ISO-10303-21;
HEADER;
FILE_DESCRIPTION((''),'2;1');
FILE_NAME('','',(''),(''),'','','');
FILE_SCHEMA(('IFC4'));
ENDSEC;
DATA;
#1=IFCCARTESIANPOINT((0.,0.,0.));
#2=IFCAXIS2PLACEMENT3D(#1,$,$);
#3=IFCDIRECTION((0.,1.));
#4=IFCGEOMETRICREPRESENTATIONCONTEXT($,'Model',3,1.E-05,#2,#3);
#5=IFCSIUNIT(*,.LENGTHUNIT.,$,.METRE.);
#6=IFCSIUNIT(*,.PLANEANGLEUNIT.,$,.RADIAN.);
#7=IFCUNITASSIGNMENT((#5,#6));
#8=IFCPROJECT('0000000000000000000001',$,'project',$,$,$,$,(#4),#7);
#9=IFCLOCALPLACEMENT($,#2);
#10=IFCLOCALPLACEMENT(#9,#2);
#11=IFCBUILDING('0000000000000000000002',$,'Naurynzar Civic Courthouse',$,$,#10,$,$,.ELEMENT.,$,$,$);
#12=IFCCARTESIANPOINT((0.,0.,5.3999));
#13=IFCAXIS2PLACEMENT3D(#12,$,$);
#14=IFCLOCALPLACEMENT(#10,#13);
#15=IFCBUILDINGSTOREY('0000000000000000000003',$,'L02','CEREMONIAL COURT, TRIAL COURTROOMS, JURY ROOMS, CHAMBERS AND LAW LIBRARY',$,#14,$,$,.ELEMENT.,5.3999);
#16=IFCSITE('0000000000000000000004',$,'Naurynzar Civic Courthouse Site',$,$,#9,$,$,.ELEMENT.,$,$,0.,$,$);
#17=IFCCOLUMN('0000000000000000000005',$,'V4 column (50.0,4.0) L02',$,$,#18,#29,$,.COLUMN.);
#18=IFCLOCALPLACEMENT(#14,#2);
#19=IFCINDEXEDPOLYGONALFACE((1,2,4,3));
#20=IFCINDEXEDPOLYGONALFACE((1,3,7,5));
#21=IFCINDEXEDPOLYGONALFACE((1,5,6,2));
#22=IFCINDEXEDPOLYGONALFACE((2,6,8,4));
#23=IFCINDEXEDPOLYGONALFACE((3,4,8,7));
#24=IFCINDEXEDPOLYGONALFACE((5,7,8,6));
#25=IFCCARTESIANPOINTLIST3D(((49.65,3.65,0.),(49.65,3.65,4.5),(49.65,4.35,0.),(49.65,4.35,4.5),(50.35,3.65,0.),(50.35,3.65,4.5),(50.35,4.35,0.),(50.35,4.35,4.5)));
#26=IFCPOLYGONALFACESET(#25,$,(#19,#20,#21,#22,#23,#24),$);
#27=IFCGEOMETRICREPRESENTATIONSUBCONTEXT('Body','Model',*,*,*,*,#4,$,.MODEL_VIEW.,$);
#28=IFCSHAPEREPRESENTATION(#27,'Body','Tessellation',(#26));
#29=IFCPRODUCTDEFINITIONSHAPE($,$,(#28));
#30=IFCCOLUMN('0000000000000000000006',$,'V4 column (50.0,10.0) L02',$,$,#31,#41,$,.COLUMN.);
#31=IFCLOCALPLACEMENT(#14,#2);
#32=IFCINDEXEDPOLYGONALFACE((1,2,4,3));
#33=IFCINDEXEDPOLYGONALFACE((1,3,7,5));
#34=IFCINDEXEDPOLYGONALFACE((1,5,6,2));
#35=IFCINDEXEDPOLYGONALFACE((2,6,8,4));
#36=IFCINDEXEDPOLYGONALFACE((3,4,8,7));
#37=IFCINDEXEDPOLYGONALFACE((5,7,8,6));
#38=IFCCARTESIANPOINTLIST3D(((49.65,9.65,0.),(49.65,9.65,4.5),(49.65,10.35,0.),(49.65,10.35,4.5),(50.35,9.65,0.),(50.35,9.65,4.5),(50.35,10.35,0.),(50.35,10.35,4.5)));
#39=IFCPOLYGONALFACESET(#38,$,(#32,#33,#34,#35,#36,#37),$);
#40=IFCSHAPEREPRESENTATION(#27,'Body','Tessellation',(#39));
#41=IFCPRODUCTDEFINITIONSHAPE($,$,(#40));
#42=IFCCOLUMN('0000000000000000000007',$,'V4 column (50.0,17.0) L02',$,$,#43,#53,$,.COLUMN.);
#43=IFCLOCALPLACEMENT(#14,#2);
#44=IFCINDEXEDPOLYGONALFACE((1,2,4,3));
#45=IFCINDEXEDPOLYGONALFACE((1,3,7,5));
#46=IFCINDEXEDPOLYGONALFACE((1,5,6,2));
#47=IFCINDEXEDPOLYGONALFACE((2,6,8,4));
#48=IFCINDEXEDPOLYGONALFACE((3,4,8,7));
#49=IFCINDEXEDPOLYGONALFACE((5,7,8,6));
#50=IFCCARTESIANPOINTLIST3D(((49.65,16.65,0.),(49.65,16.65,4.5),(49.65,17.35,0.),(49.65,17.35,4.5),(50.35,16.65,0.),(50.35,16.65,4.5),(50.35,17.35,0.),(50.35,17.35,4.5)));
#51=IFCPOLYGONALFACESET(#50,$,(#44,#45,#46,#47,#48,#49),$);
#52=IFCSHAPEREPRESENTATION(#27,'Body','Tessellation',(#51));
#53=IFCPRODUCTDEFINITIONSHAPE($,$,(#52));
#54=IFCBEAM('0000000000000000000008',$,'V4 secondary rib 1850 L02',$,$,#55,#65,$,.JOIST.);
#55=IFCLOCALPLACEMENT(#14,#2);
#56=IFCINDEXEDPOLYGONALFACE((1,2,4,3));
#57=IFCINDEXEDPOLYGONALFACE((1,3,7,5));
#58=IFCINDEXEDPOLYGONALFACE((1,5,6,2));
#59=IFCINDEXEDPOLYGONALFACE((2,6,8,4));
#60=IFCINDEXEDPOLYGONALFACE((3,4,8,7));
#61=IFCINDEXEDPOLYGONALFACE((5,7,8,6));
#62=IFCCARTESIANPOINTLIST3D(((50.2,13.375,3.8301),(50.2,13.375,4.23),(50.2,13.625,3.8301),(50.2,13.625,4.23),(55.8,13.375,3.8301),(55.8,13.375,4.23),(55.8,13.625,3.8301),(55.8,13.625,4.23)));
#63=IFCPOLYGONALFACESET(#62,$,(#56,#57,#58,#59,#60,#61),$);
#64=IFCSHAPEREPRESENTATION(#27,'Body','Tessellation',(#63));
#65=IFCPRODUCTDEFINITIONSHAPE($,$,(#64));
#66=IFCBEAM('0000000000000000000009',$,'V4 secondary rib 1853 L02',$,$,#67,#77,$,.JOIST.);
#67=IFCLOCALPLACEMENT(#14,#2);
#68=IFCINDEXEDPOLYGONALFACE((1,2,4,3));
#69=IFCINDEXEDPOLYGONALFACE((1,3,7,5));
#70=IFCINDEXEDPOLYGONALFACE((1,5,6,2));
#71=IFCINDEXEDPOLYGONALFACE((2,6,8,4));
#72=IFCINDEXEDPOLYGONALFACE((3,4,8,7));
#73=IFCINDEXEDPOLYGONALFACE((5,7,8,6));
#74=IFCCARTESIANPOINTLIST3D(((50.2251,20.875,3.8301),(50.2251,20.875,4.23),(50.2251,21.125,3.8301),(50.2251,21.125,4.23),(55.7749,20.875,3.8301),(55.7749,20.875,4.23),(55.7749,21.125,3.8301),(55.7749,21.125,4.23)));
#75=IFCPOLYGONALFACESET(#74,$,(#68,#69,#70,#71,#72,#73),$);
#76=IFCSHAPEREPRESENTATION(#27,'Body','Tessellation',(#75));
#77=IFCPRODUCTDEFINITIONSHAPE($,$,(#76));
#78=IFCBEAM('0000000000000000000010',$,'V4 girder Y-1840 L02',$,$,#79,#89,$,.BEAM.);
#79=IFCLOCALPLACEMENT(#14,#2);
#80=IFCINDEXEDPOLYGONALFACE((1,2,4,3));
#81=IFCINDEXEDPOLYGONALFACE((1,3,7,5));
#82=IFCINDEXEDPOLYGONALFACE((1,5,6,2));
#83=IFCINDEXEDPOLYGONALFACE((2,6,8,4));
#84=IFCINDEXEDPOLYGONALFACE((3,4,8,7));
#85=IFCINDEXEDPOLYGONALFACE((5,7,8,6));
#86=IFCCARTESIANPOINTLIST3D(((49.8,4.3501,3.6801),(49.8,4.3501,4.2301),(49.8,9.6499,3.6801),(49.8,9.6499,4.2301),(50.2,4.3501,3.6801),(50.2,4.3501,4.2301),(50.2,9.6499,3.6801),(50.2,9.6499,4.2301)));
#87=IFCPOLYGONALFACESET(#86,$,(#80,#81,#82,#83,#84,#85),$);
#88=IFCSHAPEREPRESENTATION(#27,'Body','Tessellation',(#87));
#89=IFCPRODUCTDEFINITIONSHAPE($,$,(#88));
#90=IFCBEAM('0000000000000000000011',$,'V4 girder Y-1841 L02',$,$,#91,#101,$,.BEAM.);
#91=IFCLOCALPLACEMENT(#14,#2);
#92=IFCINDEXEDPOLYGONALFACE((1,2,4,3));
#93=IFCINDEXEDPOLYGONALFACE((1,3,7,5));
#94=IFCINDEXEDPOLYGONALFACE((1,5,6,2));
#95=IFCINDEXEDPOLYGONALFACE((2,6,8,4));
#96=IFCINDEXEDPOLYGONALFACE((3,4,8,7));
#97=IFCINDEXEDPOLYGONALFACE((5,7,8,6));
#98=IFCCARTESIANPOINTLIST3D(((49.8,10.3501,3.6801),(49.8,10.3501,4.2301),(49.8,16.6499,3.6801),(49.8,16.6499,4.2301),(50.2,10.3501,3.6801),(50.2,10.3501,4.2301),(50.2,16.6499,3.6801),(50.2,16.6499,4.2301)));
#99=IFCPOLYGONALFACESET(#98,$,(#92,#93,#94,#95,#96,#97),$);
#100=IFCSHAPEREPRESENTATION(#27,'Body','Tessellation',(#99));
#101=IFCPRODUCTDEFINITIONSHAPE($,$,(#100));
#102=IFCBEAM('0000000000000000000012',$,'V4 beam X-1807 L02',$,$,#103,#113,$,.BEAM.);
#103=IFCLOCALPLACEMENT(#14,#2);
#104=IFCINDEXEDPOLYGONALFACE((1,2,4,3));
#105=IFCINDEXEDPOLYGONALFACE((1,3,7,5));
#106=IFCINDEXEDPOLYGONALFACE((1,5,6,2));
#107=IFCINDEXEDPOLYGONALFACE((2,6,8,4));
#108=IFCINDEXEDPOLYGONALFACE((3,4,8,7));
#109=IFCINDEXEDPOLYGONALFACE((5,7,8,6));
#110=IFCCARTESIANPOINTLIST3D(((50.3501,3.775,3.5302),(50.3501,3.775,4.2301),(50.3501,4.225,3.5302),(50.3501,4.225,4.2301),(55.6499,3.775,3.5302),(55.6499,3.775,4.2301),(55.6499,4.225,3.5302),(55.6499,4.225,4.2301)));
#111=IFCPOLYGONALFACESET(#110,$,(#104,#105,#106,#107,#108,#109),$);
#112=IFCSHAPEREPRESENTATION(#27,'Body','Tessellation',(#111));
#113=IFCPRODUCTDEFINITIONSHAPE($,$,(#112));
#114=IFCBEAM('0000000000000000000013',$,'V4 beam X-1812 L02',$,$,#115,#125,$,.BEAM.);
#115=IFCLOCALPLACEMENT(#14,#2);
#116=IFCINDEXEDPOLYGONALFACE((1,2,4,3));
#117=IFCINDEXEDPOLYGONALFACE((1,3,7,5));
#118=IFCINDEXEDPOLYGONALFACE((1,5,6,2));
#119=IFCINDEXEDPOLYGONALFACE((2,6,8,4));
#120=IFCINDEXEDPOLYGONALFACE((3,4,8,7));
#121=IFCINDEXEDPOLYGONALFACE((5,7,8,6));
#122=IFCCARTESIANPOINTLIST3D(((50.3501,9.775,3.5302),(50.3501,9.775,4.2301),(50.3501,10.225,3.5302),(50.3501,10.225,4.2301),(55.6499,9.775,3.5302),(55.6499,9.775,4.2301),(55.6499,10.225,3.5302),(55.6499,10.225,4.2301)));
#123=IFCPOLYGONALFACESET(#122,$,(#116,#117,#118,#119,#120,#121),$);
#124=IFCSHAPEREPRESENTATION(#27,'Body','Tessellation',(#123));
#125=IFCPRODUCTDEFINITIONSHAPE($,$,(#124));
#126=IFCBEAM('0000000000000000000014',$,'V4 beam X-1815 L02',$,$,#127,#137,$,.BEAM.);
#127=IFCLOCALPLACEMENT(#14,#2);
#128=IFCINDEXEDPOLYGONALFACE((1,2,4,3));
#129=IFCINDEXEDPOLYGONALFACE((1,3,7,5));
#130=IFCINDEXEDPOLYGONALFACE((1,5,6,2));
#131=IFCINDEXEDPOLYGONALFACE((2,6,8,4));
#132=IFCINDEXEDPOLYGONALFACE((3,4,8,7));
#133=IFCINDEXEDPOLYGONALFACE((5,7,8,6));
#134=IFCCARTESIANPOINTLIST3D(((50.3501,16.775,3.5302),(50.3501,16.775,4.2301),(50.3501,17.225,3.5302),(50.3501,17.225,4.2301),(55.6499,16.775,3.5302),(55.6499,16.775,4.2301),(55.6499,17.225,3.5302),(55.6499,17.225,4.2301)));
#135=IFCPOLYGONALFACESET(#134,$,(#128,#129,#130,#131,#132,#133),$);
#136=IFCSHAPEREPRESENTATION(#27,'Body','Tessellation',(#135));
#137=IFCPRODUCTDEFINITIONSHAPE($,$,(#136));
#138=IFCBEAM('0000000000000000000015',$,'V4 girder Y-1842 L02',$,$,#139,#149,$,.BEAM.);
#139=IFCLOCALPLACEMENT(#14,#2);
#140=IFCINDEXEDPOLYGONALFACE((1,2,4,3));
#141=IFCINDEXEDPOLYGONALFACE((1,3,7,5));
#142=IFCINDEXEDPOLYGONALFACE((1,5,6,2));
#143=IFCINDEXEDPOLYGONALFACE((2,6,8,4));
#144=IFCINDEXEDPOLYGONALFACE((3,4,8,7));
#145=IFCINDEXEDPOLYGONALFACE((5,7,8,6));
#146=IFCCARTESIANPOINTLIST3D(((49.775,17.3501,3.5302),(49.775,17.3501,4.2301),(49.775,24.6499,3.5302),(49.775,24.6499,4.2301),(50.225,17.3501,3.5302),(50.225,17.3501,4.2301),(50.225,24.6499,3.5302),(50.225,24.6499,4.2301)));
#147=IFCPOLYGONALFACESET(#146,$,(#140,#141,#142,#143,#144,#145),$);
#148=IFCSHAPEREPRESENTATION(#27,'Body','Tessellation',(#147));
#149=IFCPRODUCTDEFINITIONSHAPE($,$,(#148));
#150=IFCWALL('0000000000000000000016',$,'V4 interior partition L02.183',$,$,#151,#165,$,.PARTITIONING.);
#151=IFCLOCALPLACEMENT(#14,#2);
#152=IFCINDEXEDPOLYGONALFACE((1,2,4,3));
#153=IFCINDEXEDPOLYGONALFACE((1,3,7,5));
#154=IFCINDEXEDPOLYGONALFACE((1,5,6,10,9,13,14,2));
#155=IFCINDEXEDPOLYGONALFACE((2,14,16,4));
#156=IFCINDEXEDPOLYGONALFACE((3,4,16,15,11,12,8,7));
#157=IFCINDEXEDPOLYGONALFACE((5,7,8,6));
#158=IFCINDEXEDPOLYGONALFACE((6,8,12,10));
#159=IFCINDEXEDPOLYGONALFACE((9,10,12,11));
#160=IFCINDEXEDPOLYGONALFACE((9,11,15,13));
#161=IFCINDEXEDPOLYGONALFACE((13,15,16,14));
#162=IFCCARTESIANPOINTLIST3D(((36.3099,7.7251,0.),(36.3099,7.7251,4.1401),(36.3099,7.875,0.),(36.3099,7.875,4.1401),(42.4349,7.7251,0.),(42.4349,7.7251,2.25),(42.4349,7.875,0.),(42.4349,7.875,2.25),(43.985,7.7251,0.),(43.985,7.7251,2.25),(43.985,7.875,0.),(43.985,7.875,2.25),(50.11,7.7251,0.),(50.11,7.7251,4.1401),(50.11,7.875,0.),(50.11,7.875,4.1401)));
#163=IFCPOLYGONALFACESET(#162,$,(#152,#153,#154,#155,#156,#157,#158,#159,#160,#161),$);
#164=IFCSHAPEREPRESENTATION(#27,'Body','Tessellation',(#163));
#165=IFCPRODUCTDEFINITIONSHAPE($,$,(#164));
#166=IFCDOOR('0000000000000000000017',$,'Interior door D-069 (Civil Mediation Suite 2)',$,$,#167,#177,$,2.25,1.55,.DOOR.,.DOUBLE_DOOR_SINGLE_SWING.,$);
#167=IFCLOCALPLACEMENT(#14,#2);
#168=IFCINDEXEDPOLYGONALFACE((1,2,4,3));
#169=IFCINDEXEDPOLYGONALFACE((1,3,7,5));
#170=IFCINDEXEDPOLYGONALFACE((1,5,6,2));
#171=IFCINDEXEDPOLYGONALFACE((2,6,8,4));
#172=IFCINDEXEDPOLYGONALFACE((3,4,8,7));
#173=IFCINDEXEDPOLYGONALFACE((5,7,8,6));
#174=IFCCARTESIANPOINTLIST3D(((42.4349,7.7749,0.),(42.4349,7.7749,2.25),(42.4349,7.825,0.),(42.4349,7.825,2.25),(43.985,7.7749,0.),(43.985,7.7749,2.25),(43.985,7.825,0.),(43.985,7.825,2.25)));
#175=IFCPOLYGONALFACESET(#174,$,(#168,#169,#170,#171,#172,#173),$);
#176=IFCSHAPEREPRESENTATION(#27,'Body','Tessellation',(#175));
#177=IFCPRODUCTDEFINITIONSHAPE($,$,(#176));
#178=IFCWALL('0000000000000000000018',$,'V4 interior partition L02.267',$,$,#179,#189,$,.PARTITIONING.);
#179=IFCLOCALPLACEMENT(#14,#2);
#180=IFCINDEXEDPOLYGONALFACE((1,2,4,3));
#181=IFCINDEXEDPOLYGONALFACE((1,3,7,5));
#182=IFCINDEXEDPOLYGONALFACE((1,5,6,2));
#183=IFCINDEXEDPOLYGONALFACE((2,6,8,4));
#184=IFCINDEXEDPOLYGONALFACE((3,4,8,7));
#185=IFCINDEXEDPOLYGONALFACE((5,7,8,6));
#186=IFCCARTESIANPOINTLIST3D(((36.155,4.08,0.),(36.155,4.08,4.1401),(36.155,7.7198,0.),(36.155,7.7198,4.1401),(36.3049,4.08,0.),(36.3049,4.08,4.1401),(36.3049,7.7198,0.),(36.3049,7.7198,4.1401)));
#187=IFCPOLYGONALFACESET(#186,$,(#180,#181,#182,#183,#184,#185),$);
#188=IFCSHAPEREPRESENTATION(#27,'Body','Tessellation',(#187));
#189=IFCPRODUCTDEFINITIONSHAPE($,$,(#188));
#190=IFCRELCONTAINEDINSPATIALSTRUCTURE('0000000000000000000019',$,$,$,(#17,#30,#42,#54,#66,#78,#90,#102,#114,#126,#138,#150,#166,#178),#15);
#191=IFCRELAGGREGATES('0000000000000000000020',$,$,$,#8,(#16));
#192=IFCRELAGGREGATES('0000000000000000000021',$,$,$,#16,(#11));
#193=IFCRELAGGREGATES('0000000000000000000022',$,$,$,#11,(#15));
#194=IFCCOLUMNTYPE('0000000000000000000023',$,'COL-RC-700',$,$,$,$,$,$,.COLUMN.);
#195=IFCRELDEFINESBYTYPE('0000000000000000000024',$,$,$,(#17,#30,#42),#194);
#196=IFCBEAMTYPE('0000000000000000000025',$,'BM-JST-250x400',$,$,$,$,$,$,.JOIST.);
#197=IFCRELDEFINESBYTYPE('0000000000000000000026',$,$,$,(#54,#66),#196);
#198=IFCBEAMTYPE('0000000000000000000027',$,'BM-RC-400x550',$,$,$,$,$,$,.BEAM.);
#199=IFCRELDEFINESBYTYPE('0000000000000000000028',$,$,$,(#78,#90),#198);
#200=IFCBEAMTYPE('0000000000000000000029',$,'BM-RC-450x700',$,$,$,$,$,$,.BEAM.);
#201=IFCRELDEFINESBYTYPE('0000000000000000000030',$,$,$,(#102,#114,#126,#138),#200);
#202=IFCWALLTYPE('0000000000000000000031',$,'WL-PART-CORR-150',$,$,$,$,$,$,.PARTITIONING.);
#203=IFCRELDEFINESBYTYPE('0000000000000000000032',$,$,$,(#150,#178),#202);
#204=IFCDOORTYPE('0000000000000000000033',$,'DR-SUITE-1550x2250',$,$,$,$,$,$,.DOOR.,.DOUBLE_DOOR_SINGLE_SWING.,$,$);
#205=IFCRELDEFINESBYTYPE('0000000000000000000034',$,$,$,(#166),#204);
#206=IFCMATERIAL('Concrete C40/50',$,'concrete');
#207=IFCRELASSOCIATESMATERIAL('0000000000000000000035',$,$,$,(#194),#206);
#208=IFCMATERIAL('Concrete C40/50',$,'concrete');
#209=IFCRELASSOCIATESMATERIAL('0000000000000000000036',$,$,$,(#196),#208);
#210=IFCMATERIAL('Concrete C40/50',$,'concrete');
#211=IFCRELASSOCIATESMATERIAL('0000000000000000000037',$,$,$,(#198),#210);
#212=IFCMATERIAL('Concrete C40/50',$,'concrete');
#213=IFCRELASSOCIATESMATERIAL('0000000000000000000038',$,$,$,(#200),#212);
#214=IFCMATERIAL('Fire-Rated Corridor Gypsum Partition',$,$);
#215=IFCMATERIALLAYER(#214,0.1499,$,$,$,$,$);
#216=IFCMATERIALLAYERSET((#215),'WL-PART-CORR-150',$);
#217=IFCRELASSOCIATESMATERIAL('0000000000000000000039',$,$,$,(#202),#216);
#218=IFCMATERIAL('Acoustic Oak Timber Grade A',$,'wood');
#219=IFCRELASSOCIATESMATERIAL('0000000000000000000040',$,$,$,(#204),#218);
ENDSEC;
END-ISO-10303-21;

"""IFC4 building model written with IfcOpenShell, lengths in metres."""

from ifc_helpers import new_model, si_unit, direction, frame, frame_2d, origin, origin_2d, place, context, subcontext, project, spatial, rectangle, extrude, material, layer, layer_set, material_profile, profile_set, type_object, element, fill, save


model = new_model("IFC4")

# Units and contexts
model_context = context("Model", 3, precision=1e-05, world=origin(), true_north=direction((0.0, 1.0)))
body_context = subcontext(model_context, "Body", "Model", "MODEL_VIEW")
ifc_project = project(units=[si_unit("LENGTHUNIT", "METRE"), si_unit("PLANEANGLEUNIT", "RADIAN")], contexts=[model_context])

# Site, building, storey
site_placement = place(None, origin())
site = spatial("IfcSite", under=ifc_project, at=site_placement, Name="Naurynzar Civic Courthouse Site", CompositionType="ELEMENT", RefElevation=0.0)
building_placement = place(site_placement, origin())
building = spatial("IfcBuilding", under=site, at=building_placement, Name="Naurynzar Civic Courthouse", CompositionType="ELEMENT")
storey_placement = place(building_placement, frame((0.0, 0.0, 5.3999)))
storey = spatial("IfcBuildingStorey", under=building, at=storey_placement, Name="L02", Description="CEREMONIAL COURT, TRIAL COURTROOMS, JURY ROOMS, CHAMBERS AND LAW LIBRARY", CompositionType="ELEMENT", Elevation=5.3999)

# Columns
ifc_material_1 = material(Name="Concrete C40/50", Category="concrete")
ifc_material_profile_1 = material_profile(ifc_material_1, rectangle(XDim=0.7, YDim=0.7, at=origin_2d()), Name="RC 700x700")
ifc_profile_set_1 = profile_set([ifc_material_profile_1], Name="Concrete C40/50")
column_type = type_object("IfcColumnType", Name="COL-RC-700", PredefinedType="COLUMN", material=ifc_profile_set_1)
for number, where, z_axis, x_axis, name in (
    (1, (50.0, 4.0, 0.0), (0.0, 0.0, 1.0), (1.0, 0.0, 0.0), "V4 column (50.0,4.0) L02"),
    (2, (50.0, 10.0, 0.0), (0.0, 0.0, 1.0), (1.0, 0.0, 0.0), "V4 column (50.0,10.0) L02"),
    (3, (50.0, 17.0, 0.0), (0.0, 0.0, 1.0), (1.0, 0.0, 0.0), "V4 column (50.0,17.0) L02"),
):
    element("IfcColumn", number, at=place(storey_placement, frame(where, z_axis=z_axis, x_axis=x_axis)), inside=storey, type_object=column_type, Name=name, PredefinedType="COLUMN", context=body_context, shape_type="SweptSolid", body=[
        extrude(rectangle(XDim=0.7, YDim=0.7, at=origin_2d()), origin(), (0.0, 0.0, 1.0), 4.5),
    ])

# Beams
ifc_material_2 = material(Name="Concrete C40/50", Category="concrete")
ifc_material_profile_2 = material_profile(ifc_material_2, rectangle(XDim=0.25, YDim=0.3999, at=origin_2d()), Name="RCB 250x400")
ifc_profile_set_2 = profile_set([ifc_material_profile_2], Name="Concrete C40/50")
beam_type_1 = type_object("IfcBeamType", Name="BM-JST-250x400", PredefinedType="JOIST", material=ifc_profile_set_2)
beam_1_placement = place(storey_placement, frame((50.2, 13.5, 4.03), z_axis=(1.0, 0.0, 0.0), x_axis=(0.0, 1.0, 0.0)))
element("IfcBeam", 4, at=beam_1_placement, inside=storey, type_object=beam_type_1, Name="V4 secondary rib 1850 L02", PredefinedType="JOIST", context=body_context, shape_type="SweptSolid", body=[
    extrude(rectangle(XDim=0.25, YDim=0.3999, at=origin_2d()), origin(), (0.0, 0.0, 1.0), 5.6001),
])
beam_2_placement = place(storey_placement, frame((50.2251, 21.0, 4.03), z_axis=(1.0, 0.0, 0.0), x_axis=(0.0, 1.0, 0.0)))
element("IfcBeam", 5, at=beam_2_placement, inside=storey, type_object=beam_type_1, Name="V4 secondary rib 1853 L02", PredefinedType="JOIST", context=body_context, shape_type="SweptSolid", body=[
    extrude(rectangle(XDim=0.25, YDim=0.3999, at=origin_2d()), origin(), (0.0, 0.0, 1.0), 5.5498),
])
ifc_material_3 = material(Name="Concrete C40/50", Category="concrete")
ifc_material_profile_3 = material_profile(ifc_material_3, rectangle(XDim=0.3999, YDim=0.55, at=origin_2d()), Name="RCB 400x550")
ifc_profile_set_3 = profile_set([ifc_material_profile_3], Name="Concrete C40/50")
beam_type_2 = type_object("IfcBeamType", Name="BM-RC-400x550", PredefinedType="BEAM", material=ifc_profile_set_3)
beam_3_placement = place(storey_placement, frame((50.0, 4.3501, 3.9551), z_axis=(0.0, 1.0, 0.0), x_axis=(-1.0, 0.0, 0.0)))
element("IfcBeam", 6, at=beam_3_placement, inside=storey, type_object=beam_type_2, Name="V4 girder Y-1840 L02", PredefinedType="BEAM", context=body_context, shape_type="SweptSolid", body=[
    extrude(rectangle(XDim=0.3999, YDim=0.55, at=origin_2d()), origin(), (0.0, 0.0, 1.0), 5.2998),
])
beam_4_placement = place(storey_placement, frame((50.0, 10.3501, 3.9551), z_axis=(0.0, 1.0, 0.0), x_axis=(-1.0, 0.0, 0.0)))
element("IfcBeam", 7, at=beam_4_placement, inside=storey, type_object=beam_type_2, Name="V4 girder Y-1841 L02", PredefinedType="BEAM", context=body_context, shape_type="SweptSolid", body=[
    extrude(rectangle(XDim=0.3999, YDim=0.55, at=origin_2d()), origin(), (0.0, 0.0, 1.0), 6.2998),
])
ifc_material_4 = material(Name="Concrete C40/50", Category="concrete")
ifc_material_profile_4 = material_profile(ifc_material_4, rectangle(XDim=0.45, YDim=0.7, at=origin_2d()), Name="RCB 450x700")
ifc_profile_set_4 = profile_set([ifc_material_profile_4], Name="Concrete C40/50")
beam_type_3 = type_object("IfcBeamType", Name="BM-RC-450x700", PredefinedType="BEAM", material=ifc_profile_set_4)
for number, where, z_axis, x_axis, name in (
    (8, (50.3501, 4.0, 3.8801), (1.0, 0.0, 0.0), (0.0, 1.0, 0.0), "V4 beam X-1807 L02"),
    (9, (50.3501, 10.0, 3.8801), (1.0, 0.0, 0.0), (0.0, 1.0, 0.0), "V4 beam X-1812 L02"),
    (10, (50.3501, 17.0, 3.8801), (1.0, 0.0, 0.0), (0.0, 1.0, 0.0), "V4 beam X-1815 L02"),
):
    element("IfcBeam", number, at=place(storey_placement, frame(where, z_axis=z_axis, x_axis=x_axis)), inside=storey, type_object=beam_type_3, Name=name, PredefinedType="BEAM", context=body_context, shape_type="SweptSolid", body=[
        extrude(rectangle(XDim=0.45, YDim=0.7, at=origin_2d()), origin(), (0.0, 0.0, 1.0), 5.2998),
    ])
beam_5_placement = place(storey_placement, frame((50.0, 17.3501, 3.8801), z_axis=(0.0, 1.0, 0.0), x_axis=(-1.0, 0.0, 0.0)))
element("IfcBeam", 11, at=beam_5_placement, inside=storey, type_object=beam_type_3, Name="V4 girder Y-1842 L02", PredefinedType="BEAM", context=body_context, shape_type="SweptSolid", body=[
    extrude(rectangle(XDim=0.45, YDim=0.7, at=origin_2d()), origin(), (0.0, 0.0, 1.0), 7.2998),
])

# Wall, opening, door
ifc_material_5 = material(Name="Fire-Rated Corridor Gypsum Partition")
ifc_layer_1 = layer(ifc_material_5, 0.1499)
ifc_layer_set_1 = layer_set([ifc_layer_1], Name="WL-PART-CORR-150")
wall_type_1 = type_object("IfcWallType", Name="WL-PART-CORR-150", PredefinedType="PARTITIONING", material=ifc_layer_set_1)
wall_1_placement = place(storey_placement, frame((36.3101, 7.8, 0.0), z_axis=(0.0, 0.0, 1.0), x_axis=(1.0, 0.0, 0.0)))
wall_1 = element("IfcWall", 12, at=wall_1_placement, inside=storey, type_object=wall_type_1, Name="V4 interior partition L02.183", PredefinedType="PARTITIONING", context=body_context, shape_type="SweptSolid", body=[
    extrude(rectangle(XDim=13.8, YDim=0.1499, at=frame_2d((6.8999, 0.0))), origin(), (0.0, 0.0, 1.0), 4.1401),
])
opening_1_placement = place(wall_1_placement, frame((6.125, 0.0, 0.0)))
opening_1 = element("IfcOpeningElement", 13, at=opening_1_placement, cuts=wall_1, PredefinedType="OPENING", context=body_context, shape_type="SweptSolid", body=[
    extrude(rectangle(XDim=1.55, YDim=2.25, at=frame_2d((0.7749, 1.125))), frame((0.0, 0.085, 0.0), z_axis=(0.0, -1.0, 0.0), x_axis=(1.0, 0.0, 0.0)), (0.0, 0.0, 1.0), 0.1699),
])
ifc_material_6 = material(Name="Acoustic Oak Timber Grade A", Category="wood")
door_type_1 = type_object("IfcDoorType", Name="DR-SUITE-1550x2250", OperationType="DOUBLE_DOOR_SINGLE_SWING", PredefinedType="DOOR", material=ifc_material_6)
door_1_placement = place(opening_1_placement, origin())
door_1 = element("IfcDoor", 14, at=door_1_placement, inside=storey, type_object=door_type_1, Name="Interior door D-069 (Civil Mediation Suite 2)", OperationType="DOUBLE_DOOR_SINGLE_SWING", OverallHeight=2.25, OverallWidth=1.55, PredefinedType="DOOR", context=body_context, shape_type="SweptSolid", body=[
    extrude(rectangle(XDim=1.55, YDim=2.25, at=frame_2d((0.7749, 1.125))), frame((0.0, 0.0249, 0.0), z_axis=(0.0, -1.0, 0.0), x_axis=(1.0, 0.0, 0.0)), (0.0, 0.0, 1.0), 0.05),
])
fill(opening_1, door_1)

# Wall
wall_2_placement = place(storey_placement, frame((36.23, 4.0801, 0.0), z_axis=(0.0, 0.0, 1.0), x_axis=(0.0, 1.0, 0.0)))
element("IfcWall", 15, at=wall_2_placement, inside=storey, type_object=wall_type_1, Name="V4 interior partition L02.267", PredefinedType="PARTITIONING", context=body_context, shape_type="SweptSolid", body=[
    extrude(rectangle(XDim=3.6399, YDim=0.1499, at=frame_2d((1.8198, 0.0))), origin(), (0.0, 0.0, 1.0), 4.1401),
])

save(model, "model.ifc")
